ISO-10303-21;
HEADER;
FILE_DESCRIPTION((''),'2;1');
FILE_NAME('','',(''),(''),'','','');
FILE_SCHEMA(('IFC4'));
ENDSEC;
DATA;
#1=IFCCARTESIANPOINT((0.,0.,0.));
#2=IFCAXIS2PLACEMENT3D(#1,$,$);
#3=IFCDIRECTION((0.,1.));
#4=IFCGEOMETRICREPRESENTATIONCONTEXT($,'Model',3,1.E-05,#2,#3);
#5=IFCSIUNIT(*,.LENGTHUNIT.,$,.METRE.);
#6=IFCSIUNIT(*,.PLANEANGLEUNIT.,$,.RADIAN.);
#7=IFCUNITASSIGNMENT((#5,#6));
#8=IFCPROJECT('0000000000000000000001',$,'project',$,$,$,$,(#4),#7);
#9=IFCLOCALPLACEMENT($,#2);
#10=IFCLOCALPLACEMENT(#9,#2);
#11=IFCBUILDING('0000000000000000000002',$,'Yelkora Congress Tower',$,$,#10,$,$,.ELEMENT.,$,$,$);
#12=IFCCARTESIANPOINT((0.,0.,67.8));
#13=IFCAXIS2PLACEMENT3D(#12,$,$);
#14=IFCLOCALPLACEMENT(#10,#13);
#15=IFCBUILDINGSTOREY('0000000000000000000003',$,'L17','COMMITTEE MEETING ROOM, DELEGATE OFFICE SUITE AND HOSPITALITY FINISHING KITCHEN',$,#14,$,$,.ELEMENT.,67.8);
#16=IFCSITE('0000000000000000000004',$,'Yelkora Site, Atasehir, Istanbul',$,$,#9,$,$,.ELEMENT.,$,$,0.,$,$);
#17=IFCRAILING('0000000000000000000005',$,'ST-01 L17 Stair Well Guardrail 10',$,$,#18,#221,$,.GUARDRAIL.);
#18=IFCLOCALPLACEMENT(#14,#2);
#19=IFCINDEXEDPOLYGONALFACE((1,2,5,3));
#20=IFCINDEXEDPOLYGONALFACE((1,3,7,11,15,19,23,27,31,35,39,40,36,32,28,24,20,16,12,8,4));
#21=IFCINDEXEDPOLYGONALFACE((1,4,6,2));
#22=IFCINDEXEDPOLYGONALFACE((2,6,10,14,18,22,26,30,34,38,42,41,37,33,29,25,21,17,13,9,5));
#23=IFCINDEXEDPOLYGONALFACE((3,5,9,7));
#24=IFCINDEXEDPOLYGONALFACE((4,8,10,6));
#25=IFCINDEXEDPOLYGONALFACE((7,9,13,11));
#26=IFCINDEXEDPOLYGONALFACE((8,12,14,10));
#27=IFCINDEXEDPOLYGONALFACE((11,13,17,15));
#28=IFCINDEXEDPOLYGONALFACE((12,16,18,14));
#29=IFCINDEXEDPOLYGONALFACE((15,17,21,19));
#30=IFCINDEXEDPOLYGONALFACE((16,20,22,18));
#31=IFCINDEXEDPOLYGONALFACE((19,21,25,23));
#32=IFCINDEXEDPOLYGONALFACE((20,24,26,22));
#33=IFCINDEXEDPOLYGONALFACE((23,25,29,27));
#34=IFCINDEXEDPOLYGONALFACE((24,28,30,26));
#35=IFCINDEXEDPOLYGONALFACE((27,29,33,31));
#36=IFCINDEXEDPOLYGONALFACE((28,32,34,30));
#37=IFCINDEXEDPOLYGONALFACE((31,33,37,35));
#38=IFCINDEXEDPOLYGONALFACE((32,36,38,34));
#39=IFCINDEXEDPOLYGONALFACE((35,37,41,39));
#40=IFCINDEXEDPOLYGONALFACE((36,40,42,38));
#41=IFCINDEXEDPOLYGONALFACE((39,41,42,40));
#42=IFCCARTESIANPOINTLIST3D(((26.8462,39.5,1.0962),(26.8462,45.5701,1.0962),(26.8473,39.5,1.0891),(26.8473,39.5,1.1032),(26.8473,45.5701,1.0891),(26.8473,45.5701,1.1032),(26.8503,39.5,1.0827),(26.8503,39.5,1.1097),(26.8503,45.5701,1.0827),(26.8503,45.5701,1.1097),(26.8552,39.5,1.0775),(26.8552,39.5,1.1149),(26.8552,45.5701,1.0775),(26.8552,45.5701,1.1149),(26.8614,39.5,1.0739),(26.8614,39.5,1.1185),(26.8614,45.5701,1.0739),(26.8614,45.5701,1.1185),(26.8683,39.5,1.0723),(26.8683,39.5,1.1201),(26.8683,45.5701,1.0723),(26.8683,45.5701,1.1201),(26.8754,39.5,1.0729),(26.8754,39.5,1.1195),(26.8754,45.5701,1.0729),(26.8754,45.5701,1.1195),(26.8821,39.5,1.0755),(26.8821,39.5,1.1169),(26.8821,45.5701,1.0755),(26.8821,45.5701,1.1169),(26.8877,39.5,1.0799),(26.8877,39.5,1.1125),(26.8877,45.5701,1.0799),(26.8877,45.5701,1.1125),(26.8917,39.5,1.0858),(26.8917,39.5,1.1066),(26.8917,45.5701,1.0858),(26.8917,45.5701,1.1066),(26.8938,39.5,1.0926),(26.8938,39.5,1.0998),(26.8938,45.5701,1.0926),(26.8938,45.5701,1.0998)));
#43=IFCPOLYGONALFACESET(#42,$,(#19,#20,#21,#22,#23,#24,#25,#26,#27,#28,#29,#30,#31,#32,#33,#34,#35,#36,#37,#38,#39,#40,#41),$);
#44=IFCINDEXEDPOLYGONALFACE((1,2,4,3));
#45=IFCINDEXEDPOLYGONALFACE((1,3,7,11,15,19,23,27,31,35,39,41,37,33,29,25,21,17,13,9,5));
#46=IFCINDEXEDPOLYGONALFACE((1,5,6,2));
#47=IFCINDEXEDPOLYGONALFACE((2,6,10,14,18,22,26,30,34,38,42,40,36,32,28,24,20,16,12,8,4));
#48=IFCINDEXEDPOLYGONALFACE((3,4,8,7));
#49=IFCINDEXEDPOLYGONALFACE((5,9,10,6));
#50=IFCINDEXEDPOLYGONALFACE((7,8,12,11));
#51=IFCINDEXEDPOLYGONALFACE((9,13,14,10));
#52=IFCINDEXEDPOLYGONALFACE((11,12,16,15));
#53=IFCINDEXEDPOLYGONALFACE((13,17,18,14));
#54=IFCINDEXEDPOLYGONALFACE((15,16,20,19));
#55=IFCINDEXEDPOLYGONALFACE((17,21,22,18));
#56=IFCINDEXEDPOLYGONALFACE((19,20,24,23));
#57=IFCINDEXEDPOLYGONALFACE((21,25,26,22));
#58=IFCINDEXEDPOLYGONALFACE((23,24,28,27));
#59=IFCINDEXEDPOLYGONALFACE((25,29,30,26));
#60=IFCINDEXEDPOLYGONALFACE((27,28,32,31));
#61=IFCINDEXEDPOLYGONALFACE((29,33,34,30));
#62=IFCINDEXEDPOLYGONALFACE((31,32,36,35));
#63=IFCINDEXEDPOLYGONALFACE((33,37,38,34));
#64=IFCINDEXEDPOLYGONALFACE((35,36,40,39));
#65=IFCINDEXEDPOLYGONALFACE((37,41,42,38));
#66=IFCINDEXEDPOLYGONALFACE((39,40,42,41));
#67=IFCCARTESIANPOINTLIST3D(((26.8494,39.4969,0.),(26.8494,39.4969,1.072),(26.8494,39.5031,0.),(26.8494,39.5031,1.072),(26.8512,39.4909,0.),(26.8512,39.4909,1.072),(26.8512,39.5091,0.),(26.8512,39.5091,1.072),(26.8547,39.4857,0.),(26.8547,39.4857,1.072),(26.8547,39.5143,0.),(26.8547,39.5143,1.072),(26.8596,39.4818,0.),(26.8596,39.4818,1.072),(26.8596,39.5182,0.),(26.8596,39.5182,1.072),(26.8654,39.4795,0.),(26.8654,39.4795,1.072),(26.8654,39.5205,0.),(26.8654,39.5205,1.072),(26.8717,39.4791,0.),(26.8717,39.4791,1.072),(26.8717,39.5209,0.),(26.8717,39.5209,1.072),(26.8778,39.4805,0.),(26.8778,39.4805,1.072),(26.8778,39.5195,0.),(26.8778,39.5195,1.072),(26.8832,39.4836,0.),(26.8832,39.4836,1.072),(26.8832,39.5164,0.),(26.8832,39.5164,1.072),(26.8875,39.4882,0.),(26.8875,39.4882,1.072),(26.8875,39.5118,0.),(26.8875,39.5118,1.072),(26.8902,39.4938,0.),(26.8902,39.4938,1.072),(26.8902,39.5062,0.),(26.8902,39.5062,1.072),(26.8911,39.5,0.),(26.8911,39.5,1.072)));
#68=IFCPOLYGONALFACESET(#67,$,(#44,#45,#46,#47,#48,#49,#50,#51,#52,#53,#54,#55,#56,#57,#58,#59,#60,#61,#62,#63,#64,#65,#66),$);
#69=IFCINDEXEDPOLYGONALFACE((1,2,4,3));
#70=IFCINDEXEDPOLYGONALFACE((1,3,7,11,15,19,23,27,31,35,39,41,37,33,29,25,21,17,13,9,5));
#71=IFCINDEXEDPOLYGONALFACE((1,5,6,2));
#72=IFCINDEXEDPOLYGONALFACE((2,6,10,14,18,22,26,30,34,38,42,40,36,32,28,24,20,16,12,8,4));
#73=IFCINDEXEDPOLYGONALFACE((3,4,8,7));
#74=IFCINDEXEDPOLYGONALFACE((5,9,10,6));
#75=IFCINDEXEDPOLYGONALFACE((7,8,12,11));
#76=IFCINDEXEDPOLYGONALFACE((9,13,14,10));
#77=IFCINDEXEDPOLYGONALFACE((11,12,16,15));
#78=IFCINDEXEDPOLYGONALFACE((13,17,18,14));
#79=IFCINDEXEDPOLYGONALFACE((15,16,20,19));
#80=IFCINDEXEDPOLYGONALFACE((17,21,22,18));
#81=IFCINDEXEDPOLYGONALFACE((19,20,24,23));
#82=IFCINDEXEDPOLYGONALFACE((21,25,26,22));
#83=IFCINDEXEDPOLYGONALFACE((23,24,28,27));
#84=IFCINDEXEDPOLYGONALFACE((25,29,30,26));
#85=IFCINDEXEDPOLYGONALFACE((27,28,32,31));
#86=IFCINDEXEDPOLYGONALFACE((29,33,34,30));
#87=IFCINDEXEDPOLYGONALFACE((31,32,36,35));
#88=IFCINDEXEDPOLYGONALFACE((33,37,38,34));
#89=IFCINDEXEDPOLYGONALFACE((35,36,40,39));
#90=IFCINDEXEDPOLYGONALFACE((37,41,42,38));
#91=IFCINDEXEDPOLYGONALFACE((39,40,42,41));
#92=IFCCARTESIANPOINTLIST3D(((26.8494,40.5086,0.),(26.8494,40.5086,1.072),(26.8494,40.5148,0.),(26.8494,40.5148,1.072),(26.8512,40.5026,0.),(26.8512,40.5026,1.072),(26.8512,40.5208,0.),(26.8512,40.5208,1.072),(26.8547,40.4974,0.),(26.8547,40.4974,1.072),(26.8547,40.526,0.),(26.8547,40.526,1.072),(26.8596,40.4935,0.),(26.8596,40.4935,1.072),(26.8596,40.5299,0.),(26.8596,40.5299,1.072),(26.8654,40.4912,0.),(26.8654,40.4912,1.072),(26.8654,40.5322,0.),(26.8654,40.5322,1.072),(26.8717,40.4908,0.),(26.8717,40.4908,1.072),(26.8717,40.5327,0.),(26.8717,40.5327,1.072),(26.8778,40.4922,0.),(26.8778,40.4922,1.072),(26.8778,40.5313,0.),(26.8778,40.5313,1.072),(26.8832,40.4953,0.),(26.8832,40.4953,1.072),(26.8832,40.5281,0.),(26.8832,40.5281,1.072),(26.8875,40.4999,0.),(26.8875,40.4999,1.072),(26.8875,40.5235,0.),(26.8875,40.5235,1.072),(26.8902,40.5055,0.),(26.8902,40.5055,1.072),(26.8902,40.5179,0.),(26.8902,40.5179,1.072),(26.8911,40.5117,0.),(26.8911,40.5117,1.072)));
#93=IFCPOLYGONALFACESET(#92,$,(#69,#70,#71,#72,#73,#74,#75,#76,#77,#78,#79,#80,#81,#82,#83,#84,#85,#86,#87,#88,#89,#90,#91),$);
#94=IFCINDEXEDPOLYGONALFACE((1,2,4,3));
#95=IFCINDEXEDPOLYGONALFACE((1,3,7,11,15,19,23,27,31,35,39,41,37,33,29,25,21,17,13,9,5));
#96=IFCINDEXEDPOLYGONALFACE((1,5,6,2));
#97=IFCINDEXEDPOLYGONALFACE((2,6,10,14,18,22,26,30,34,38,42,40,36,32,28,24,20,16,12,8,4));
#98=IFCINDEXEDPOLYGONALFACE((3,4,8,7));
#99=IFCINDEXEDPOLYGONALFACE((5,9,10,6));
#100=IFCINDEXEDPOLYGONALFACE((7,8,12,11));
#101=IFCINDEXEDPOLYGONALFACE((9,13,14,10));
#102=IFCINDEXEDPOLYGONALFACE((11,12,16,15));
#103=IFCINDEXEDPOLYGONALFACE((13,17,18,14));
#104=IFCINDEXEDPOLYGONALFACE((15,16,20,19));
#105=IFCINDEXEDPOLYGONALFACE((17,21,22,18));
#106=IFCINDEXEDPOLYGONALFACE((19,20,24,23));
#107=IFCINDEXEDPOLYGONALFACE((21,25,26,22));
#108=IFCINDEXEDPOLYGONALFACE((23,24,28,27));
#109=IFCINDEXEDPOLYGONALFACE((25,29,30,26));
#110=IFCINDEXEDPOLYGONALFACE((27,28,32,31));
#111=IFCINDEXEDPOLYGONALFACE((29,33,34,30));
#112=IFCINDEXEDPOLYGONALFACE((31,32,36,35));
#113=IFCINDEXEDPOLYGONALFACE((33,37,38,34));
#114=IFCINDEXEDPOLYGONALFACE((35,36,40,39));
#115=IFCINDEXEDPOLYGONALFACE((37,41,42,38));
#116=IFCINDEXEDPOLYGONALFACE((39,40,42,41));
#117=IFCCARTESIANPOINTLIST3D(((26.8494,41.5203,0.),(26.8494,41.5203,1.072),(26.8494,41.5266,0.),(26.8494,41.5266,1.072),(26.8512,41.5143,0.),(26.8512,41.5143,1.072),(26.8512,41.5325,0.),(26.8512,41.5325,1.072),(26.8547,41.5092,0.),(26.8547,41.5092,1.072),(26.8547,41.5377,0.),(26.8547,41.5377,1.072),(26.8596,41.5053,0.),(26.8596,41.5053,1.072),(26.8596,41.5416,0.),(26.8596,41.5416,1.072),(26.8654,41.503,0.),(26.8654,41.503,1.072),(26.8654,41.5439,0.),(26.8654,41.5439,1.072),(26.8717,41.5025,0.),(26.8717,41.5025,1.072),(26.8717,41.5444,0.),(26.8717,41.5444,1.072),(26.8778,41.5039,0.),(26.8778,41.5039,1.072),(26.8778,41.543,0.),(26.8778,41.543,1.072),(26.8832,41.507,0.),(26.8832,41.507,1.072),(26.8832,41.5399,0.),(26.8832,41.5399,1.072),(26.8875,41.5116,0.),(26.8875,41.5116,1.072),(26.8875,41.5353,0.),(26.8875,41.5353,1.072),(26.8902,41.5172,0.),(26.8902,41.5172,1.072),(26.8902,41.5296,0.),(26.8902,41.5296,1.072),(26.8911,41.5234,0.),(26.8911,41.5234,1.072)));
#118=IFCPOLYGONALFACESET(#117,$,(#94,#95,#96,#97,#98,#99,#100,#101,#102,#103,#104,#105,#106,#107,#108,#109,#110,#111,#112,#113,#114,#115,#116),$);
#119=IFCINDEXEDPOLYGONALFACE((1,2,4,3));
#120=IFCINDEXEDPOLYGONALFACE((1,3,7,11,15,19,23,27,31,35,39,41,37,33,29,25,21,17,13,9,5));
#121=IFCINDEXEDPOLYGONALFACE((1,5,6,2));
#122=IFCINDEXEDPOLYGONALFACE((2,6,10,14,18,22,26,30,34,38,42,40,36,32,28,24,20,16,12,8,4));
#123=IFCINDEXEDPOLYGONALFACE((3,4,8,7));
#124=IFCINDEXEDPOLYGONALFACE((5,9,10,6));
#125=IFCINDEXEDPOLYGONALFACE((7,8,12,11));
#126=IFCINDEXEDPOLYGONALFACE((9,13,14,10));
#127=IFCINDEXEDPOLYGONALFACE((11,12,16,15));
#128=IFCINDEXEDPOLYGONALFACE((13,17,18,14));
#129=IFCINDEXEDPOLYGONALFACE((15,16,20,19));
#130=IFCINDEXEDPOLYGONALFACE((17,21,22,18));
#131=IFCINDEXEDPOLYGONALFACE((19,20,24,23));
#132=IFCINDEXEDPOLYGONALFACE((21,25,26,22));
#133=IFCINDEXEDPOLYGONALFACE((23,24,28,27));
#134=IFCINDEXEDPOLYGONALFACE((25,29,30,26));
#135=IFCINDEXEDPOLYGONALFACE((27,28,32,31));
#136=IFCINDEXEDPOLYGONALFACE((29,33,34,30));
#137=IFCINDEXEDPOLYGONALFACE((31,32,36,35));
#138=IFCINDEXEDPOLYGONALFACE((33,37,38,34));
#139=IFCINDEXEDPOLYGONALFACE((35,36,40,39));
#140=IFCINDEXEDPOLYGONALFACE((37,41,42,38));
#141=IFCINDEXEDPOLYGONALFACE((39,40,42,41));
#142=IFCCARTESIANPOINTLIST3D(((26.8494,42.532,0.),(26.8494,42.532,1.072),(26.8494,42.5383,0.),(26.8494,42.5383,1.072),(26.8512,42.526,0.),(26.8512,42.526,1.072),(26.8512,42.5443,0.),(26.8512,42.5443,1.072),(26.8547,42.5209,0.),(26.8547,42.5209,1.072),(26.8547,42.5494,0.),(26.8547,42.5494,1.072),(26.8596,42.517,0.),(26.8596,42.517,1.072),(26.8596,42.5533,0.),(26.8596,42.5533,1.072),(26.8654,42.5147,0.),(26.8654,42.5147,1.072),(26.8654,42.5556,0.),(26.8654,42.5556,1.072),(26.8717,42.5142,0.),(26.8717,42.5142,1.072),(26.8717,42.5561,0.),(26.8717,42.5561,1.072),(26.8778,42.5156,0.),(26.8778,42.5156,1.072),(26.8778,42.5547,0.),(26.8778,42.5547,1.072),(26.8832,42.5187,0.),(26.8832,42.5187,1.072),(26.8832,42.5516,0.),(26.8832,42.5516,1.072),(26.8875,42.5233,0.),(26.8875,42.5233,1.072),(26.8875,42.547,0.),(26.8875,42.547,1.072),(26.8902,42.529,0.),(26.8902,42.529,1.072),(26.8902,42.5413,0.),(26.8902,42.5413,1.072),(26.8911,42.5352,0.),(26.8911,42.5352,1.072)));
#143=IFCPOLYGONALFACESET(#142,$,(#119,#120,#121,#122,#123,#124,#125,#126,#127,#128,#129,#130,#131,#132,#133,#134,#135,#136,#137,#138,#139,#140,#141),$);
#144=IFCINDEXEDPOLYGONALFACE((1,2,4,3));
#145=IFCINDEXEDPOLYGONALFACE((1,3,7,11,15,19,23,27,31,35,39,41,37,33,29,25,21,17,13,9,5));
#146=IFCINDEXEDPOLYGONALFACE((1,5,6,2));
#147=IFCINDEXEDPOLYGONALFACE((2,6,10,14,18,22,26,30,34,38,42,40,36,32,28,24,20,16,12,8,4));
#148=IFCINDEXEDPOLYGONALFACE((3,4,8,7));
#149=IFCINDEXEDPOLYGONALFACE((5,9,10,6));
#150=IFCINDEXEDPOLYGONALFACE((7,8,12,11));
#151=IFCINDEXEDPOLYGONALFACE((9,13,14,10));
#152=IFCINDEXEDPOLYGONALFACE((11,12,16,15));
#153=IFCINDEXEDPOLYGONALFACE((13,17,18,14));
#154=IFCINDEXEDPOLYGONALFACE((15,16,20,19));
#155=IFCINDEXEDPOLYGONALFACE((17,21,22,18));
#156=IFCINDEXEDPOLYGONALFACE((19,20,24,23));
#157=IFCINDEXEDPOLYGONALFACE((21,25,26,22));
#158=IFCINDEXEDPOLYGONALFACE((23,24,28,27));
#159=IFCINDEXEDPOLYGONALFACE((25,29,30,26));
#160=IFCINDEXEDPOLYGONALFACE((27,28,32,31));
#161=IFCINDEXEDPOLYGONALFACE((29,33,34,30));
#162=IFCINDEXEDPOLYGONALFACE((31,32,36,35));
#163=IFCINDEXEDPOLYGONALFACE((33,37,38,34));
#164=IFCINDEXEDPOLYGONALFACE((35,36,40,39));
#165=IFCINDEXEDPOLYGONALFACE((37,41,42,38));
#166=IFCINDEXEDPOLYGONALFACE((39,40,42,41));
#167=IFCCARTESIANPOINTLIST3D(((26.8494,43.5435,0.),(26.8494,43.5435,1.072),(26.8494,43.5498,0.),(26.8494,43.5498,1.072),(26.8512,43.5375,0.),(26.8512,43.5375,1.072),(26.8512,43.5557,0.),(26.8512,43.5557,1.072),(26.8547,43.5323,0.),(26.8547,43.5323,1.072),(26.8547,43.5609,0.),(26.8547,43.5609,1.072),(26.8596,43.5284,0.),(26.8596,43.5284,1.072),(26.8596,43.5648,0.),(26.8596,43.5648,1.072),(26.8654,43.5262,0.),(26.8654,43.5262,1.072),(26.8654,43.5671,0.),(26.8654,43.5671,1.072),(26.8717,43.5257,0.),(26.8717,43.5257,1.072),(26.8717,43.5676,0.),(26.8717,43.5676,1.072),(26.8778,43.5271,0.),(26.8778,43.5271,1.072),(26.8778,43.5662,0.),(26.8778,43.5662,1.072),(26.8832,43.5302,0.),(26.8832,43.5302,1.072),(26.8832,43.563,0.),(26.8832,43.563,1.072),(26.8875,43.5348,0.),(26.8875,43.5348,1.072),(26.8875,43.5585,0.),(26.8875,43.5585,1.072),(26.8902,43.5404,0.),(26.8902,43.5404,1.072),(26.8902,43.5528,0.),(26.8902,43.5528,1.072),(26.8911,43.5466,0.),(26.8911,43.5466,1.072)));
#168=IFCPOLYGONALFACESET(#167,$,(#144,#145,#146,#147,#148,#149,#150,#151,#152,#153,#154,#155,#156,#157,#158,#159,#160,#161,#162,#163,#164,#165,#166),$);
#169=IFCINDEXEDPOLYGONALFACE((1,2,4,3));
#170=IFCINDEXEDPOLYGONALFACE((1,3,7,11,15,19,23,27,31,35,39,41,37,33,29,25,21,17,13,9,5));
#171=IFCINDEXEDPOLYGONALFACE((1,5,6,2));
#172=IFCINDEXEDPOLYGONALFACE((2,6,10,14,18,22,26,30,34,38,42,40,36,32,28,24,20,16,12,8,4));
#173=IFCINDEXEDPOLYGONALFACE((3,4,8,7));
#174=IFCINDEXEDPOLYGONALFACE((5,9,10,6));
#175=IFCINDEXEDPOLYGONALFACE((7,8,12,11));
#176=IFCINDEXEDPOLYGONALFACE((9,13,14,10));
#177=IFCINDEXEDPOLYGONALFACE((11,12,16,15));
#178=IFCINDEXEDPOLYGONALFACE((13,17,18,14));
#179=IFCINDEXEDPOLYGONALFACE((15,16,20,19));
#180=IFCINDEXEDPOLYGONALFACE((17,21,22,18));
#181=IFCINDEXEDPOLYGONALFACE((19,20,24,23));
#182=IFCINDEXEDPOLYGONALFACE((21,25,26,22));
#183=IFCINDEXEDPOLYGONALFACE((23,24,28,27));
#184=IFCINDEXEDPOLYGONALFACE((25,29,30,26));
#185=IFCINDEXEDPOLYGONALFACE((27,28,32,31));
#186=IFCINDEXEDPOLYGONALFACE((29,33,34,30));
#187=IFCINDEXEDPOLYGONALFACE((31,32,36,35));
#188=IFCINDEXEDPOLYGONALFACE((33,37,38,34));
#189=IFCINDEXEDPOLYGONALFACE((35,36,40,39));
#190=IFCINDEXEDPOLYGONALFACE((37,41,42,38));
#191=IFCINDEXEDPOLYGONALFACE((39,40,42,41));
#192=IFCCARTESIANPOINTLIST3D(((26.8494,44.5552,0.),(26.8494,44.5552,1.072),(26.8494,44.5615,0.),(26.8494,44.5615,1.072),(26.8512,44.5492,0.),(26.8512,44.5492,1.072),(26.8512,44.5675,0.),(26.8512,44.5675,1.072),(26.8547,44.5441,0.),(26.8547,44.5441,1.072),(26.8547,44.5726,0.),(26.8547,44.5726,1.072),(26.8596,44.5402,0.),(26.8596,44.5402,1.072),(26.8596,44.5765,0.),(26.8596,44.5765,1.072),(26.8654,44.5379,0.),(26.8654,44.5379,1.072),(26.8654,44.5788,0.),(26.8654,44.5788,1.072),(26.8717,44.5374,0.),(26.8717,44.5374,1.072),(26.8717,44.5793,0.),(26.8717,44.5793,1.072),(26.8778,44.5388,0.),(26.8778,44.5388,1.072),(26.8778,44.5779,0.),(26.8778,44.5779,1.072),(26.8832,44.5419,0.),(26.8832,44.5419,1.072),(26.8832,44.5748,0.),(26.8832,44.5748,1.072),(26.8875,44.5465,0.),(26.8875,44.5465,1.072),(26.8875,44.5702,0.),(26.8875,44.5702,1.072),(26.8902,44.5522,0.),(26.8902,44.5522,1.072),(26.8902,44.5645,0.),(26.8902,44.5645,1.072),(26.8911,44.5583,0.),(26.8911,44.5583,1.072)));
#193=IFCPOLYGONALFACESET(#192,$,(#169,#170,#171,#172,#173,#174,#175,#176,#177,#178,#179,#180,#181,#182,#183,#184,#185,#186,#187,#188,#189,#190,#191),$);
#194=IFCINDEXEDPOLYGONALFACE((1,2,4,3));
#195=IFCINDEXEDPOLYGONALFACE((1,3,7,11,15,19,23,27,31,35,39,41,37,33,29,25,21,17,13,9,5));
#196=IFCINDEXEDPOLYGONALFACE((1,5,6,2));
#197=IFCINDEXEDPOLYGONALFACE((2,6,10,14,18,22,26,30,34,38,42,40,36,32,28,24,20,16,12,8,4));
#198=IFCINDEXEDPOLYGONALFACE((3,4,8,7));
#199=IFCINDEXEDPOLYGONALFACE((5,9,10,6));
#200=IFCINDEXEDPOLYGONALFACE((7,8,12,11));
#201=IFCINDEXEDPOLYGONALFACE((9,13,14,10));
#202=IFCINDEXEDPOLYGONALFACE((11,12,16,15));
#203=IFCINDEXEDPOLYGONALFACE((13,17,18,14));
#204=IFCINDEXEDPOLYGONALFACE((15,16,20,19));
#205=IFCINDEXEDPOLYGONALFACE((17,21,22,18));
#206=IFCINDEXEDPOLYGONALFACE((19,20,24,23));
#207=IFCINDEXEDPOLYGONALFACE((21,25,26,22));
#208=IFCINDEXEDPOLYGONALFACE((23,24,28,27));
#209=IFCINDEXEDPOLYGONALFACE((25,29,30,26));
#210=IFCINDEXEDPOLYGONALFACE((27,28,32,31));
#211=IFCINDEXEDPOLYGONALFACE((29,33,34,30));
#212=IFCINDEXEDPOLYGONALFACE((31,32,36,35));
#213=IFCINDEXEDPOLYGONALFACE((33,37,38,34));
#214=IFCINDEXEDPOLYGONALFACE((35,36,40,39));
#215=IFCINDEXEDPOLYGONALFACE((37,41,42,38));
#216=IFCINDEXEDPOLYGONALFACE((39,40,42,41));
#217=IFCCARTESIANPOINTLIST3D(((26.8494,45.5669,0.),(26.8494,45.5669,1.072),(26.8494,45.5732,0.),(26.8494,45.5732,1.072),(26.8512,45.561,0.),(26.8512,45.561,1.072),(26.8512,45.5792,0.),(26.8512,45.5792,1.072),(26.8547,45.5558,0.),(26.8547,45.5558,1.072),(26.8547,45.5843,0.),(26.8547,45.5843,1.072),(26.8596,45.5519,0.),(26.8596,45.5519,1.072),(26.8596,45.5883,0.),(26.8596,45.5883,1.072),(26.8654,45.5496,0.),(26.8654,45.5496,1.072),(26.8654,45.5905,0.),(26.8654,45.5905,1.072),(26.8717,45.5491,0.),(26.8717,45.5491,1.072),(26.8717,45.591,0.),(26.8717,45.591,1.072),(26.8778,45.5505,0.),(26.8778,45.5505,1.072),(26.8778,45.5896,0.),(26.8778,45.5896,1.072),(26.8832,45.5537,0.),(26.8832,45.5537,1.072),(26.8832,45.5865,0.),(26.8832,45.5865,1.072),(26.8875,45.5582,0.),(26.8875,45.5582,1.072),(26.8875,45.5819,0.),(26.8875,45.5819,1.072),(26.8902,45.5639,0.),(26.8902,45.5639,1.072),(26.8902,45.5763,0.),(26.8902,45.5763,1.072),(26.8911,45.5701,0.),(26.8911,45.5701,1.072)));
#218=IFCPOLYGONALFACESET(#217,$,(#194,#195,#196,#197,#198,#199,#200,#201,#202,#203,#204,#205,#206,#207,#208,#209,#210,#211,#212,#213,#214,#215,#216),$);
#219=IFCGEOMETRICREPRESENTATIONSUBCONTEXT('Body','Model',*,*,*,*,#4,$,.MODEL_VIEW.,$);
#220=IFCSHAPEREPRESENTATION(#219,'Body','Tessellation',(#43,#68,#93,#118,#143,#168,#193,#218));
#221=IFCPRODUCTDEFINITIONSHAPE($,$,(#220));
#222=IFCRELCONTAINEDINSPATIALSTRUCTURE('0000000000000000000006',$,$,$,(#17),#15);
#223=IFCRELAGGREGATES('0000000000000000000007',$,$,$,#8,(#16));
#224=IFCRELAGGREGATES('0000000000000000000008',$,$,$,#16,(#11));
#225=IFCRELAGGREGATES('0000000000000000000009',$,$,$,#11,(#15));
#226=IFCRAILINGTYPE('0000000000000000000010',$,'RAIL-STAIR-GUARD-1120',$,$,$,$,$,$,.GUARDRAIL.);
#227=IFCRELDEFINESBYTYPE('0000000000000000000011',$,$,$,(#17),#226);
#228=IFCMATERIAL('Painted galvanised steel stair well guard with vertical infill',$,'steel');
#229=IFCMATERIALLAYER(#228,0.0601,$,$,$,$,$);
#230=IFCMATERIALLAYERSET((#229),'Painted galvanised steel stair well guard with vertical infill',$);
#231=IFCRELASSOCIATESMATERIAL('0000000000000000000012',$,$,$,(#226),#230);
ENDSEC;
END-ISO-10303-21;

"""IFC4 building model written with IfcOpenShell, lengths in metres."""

from ifc_helpers import new_model, si_unit, direction, frame, origin, origin_2d, place, context, subcontext, project, spatial, circle, extrude, material, layer, layer_set, type_object, element, save


model = new_model("IFC4")

# Units and contexts
model_context = context("Model", 3, precision=1e-05, world=origin(), true_north=direction((0.0, 1.0)))
body_context = subcontext(model_context, "Body", "Model", "MODEL_VIEW")
ifc_project = project(units=[si_unit("LENGTHUNIT", "METRE"), si_unit("PLANEANGLEUNIT", "RADIAN")], contexts=[model_context])

# Site, building, storey
site_placement = place(None, origin())
site = spatial("IfcSite", under=ifc_project, at=site_placement, Name="Yelkora Site, Atasehir, Istanbul", CompositionType="ELEMENT", RefElevation=0.0)
building_placement = place(site_placement, origin())
building = spatial("IfcBuilding", under=site, at=building_placement, Name="Yelkora Congress Tower", CompositionType="ELEMENT")
storey_placement = place(building_placement, frame((0.0, 0.0, 67.8)))
storey = spatial("IfcBuildingStorey", under=building, at=storey_placement, Name="L17", Description="COMMITTEE MEETING ROOM, DELEGATE OFFICE SUITE AND HOSPITALITY FINISHING KITCHEN", CompositionType="ELEMENT", Elevation=67.8)

# Railing
ifc_material_1 = material(Name="Painted galvanised steel stair well guard with vertical infill", Category="steel")
ifc_layer_1 = layer(ifc_material_1, 0.0601)
ifc_layer_set_1 = layer_set([ifc_layer_1], Name="Painted galvanised steel stair well guard with vertical infill")
railing_type_1 = type_object("IfcRailingType", Name="RAIL-STAIR-GUARD-1120", PredefinedType="GUARDRAIL", material=ifc_layer_set_1)
railing_1_placement = place(storey_placement, frame((26.8701, 39.5, 0.0)))
element("IfcRailing", 1, at=railing_1_placement, inside=storey, type_object=railing_type_1, Name="ST-01 L17 Stair Well Guardrail 10", PredefinedType="GUARDRAIL", context=body_context, shape_type="SweptSolid", body=[
    extrude(circle(Radius=0.0239, at=origin_2d()), frame((0.0, 0.0, 1.0962), z_axis=(0.0, 1.0, 0.0), x_axis=(-1.0, 0.0, 0.0)), (0.0, 0.0, 1.0), 6.0701),
    extrude(circle(Radius=0.021, at=origin_2d()), origin(), (0.0, 0.0, 1.0), 1.072),
    extrude(circle(Radius=0.021, at=origin_2d()), frame((0.0, 1.0117, 0.0)), (0.0, 0.0, 1.0), 1.072),
    extrude(circle(Radius=0.021, at=origin_2d()), frame((0.0, 2.0234, 0.0)), (0.0, 0.0, 1.0), 1.072),
    extrude(circle(Radius=0.021, at=origin_2d()), frame((0.0, 3.0352, 0.0)), (0.0, 0.0, 1.0), 1.072),
    extrude(circle(Radius=0.021, at=origin_2d()), frame((0.0, 4.0466, 0.0)), (0.0, 0.0, 1.0), 1.072),
    extrude(circle(Radius=0.021, at=origin_2d()), frame((0.0, 5.0583, 0.0)), (0.0, 0.0, 1.0), 1.072),
    extrude(circle(Radius=0.021, at=origin_2d()), frame((0.0, 6.0701, 0.0)), (0.0, 0.0, 1.0), 1.072),
])

save(model, "model.ifc")
